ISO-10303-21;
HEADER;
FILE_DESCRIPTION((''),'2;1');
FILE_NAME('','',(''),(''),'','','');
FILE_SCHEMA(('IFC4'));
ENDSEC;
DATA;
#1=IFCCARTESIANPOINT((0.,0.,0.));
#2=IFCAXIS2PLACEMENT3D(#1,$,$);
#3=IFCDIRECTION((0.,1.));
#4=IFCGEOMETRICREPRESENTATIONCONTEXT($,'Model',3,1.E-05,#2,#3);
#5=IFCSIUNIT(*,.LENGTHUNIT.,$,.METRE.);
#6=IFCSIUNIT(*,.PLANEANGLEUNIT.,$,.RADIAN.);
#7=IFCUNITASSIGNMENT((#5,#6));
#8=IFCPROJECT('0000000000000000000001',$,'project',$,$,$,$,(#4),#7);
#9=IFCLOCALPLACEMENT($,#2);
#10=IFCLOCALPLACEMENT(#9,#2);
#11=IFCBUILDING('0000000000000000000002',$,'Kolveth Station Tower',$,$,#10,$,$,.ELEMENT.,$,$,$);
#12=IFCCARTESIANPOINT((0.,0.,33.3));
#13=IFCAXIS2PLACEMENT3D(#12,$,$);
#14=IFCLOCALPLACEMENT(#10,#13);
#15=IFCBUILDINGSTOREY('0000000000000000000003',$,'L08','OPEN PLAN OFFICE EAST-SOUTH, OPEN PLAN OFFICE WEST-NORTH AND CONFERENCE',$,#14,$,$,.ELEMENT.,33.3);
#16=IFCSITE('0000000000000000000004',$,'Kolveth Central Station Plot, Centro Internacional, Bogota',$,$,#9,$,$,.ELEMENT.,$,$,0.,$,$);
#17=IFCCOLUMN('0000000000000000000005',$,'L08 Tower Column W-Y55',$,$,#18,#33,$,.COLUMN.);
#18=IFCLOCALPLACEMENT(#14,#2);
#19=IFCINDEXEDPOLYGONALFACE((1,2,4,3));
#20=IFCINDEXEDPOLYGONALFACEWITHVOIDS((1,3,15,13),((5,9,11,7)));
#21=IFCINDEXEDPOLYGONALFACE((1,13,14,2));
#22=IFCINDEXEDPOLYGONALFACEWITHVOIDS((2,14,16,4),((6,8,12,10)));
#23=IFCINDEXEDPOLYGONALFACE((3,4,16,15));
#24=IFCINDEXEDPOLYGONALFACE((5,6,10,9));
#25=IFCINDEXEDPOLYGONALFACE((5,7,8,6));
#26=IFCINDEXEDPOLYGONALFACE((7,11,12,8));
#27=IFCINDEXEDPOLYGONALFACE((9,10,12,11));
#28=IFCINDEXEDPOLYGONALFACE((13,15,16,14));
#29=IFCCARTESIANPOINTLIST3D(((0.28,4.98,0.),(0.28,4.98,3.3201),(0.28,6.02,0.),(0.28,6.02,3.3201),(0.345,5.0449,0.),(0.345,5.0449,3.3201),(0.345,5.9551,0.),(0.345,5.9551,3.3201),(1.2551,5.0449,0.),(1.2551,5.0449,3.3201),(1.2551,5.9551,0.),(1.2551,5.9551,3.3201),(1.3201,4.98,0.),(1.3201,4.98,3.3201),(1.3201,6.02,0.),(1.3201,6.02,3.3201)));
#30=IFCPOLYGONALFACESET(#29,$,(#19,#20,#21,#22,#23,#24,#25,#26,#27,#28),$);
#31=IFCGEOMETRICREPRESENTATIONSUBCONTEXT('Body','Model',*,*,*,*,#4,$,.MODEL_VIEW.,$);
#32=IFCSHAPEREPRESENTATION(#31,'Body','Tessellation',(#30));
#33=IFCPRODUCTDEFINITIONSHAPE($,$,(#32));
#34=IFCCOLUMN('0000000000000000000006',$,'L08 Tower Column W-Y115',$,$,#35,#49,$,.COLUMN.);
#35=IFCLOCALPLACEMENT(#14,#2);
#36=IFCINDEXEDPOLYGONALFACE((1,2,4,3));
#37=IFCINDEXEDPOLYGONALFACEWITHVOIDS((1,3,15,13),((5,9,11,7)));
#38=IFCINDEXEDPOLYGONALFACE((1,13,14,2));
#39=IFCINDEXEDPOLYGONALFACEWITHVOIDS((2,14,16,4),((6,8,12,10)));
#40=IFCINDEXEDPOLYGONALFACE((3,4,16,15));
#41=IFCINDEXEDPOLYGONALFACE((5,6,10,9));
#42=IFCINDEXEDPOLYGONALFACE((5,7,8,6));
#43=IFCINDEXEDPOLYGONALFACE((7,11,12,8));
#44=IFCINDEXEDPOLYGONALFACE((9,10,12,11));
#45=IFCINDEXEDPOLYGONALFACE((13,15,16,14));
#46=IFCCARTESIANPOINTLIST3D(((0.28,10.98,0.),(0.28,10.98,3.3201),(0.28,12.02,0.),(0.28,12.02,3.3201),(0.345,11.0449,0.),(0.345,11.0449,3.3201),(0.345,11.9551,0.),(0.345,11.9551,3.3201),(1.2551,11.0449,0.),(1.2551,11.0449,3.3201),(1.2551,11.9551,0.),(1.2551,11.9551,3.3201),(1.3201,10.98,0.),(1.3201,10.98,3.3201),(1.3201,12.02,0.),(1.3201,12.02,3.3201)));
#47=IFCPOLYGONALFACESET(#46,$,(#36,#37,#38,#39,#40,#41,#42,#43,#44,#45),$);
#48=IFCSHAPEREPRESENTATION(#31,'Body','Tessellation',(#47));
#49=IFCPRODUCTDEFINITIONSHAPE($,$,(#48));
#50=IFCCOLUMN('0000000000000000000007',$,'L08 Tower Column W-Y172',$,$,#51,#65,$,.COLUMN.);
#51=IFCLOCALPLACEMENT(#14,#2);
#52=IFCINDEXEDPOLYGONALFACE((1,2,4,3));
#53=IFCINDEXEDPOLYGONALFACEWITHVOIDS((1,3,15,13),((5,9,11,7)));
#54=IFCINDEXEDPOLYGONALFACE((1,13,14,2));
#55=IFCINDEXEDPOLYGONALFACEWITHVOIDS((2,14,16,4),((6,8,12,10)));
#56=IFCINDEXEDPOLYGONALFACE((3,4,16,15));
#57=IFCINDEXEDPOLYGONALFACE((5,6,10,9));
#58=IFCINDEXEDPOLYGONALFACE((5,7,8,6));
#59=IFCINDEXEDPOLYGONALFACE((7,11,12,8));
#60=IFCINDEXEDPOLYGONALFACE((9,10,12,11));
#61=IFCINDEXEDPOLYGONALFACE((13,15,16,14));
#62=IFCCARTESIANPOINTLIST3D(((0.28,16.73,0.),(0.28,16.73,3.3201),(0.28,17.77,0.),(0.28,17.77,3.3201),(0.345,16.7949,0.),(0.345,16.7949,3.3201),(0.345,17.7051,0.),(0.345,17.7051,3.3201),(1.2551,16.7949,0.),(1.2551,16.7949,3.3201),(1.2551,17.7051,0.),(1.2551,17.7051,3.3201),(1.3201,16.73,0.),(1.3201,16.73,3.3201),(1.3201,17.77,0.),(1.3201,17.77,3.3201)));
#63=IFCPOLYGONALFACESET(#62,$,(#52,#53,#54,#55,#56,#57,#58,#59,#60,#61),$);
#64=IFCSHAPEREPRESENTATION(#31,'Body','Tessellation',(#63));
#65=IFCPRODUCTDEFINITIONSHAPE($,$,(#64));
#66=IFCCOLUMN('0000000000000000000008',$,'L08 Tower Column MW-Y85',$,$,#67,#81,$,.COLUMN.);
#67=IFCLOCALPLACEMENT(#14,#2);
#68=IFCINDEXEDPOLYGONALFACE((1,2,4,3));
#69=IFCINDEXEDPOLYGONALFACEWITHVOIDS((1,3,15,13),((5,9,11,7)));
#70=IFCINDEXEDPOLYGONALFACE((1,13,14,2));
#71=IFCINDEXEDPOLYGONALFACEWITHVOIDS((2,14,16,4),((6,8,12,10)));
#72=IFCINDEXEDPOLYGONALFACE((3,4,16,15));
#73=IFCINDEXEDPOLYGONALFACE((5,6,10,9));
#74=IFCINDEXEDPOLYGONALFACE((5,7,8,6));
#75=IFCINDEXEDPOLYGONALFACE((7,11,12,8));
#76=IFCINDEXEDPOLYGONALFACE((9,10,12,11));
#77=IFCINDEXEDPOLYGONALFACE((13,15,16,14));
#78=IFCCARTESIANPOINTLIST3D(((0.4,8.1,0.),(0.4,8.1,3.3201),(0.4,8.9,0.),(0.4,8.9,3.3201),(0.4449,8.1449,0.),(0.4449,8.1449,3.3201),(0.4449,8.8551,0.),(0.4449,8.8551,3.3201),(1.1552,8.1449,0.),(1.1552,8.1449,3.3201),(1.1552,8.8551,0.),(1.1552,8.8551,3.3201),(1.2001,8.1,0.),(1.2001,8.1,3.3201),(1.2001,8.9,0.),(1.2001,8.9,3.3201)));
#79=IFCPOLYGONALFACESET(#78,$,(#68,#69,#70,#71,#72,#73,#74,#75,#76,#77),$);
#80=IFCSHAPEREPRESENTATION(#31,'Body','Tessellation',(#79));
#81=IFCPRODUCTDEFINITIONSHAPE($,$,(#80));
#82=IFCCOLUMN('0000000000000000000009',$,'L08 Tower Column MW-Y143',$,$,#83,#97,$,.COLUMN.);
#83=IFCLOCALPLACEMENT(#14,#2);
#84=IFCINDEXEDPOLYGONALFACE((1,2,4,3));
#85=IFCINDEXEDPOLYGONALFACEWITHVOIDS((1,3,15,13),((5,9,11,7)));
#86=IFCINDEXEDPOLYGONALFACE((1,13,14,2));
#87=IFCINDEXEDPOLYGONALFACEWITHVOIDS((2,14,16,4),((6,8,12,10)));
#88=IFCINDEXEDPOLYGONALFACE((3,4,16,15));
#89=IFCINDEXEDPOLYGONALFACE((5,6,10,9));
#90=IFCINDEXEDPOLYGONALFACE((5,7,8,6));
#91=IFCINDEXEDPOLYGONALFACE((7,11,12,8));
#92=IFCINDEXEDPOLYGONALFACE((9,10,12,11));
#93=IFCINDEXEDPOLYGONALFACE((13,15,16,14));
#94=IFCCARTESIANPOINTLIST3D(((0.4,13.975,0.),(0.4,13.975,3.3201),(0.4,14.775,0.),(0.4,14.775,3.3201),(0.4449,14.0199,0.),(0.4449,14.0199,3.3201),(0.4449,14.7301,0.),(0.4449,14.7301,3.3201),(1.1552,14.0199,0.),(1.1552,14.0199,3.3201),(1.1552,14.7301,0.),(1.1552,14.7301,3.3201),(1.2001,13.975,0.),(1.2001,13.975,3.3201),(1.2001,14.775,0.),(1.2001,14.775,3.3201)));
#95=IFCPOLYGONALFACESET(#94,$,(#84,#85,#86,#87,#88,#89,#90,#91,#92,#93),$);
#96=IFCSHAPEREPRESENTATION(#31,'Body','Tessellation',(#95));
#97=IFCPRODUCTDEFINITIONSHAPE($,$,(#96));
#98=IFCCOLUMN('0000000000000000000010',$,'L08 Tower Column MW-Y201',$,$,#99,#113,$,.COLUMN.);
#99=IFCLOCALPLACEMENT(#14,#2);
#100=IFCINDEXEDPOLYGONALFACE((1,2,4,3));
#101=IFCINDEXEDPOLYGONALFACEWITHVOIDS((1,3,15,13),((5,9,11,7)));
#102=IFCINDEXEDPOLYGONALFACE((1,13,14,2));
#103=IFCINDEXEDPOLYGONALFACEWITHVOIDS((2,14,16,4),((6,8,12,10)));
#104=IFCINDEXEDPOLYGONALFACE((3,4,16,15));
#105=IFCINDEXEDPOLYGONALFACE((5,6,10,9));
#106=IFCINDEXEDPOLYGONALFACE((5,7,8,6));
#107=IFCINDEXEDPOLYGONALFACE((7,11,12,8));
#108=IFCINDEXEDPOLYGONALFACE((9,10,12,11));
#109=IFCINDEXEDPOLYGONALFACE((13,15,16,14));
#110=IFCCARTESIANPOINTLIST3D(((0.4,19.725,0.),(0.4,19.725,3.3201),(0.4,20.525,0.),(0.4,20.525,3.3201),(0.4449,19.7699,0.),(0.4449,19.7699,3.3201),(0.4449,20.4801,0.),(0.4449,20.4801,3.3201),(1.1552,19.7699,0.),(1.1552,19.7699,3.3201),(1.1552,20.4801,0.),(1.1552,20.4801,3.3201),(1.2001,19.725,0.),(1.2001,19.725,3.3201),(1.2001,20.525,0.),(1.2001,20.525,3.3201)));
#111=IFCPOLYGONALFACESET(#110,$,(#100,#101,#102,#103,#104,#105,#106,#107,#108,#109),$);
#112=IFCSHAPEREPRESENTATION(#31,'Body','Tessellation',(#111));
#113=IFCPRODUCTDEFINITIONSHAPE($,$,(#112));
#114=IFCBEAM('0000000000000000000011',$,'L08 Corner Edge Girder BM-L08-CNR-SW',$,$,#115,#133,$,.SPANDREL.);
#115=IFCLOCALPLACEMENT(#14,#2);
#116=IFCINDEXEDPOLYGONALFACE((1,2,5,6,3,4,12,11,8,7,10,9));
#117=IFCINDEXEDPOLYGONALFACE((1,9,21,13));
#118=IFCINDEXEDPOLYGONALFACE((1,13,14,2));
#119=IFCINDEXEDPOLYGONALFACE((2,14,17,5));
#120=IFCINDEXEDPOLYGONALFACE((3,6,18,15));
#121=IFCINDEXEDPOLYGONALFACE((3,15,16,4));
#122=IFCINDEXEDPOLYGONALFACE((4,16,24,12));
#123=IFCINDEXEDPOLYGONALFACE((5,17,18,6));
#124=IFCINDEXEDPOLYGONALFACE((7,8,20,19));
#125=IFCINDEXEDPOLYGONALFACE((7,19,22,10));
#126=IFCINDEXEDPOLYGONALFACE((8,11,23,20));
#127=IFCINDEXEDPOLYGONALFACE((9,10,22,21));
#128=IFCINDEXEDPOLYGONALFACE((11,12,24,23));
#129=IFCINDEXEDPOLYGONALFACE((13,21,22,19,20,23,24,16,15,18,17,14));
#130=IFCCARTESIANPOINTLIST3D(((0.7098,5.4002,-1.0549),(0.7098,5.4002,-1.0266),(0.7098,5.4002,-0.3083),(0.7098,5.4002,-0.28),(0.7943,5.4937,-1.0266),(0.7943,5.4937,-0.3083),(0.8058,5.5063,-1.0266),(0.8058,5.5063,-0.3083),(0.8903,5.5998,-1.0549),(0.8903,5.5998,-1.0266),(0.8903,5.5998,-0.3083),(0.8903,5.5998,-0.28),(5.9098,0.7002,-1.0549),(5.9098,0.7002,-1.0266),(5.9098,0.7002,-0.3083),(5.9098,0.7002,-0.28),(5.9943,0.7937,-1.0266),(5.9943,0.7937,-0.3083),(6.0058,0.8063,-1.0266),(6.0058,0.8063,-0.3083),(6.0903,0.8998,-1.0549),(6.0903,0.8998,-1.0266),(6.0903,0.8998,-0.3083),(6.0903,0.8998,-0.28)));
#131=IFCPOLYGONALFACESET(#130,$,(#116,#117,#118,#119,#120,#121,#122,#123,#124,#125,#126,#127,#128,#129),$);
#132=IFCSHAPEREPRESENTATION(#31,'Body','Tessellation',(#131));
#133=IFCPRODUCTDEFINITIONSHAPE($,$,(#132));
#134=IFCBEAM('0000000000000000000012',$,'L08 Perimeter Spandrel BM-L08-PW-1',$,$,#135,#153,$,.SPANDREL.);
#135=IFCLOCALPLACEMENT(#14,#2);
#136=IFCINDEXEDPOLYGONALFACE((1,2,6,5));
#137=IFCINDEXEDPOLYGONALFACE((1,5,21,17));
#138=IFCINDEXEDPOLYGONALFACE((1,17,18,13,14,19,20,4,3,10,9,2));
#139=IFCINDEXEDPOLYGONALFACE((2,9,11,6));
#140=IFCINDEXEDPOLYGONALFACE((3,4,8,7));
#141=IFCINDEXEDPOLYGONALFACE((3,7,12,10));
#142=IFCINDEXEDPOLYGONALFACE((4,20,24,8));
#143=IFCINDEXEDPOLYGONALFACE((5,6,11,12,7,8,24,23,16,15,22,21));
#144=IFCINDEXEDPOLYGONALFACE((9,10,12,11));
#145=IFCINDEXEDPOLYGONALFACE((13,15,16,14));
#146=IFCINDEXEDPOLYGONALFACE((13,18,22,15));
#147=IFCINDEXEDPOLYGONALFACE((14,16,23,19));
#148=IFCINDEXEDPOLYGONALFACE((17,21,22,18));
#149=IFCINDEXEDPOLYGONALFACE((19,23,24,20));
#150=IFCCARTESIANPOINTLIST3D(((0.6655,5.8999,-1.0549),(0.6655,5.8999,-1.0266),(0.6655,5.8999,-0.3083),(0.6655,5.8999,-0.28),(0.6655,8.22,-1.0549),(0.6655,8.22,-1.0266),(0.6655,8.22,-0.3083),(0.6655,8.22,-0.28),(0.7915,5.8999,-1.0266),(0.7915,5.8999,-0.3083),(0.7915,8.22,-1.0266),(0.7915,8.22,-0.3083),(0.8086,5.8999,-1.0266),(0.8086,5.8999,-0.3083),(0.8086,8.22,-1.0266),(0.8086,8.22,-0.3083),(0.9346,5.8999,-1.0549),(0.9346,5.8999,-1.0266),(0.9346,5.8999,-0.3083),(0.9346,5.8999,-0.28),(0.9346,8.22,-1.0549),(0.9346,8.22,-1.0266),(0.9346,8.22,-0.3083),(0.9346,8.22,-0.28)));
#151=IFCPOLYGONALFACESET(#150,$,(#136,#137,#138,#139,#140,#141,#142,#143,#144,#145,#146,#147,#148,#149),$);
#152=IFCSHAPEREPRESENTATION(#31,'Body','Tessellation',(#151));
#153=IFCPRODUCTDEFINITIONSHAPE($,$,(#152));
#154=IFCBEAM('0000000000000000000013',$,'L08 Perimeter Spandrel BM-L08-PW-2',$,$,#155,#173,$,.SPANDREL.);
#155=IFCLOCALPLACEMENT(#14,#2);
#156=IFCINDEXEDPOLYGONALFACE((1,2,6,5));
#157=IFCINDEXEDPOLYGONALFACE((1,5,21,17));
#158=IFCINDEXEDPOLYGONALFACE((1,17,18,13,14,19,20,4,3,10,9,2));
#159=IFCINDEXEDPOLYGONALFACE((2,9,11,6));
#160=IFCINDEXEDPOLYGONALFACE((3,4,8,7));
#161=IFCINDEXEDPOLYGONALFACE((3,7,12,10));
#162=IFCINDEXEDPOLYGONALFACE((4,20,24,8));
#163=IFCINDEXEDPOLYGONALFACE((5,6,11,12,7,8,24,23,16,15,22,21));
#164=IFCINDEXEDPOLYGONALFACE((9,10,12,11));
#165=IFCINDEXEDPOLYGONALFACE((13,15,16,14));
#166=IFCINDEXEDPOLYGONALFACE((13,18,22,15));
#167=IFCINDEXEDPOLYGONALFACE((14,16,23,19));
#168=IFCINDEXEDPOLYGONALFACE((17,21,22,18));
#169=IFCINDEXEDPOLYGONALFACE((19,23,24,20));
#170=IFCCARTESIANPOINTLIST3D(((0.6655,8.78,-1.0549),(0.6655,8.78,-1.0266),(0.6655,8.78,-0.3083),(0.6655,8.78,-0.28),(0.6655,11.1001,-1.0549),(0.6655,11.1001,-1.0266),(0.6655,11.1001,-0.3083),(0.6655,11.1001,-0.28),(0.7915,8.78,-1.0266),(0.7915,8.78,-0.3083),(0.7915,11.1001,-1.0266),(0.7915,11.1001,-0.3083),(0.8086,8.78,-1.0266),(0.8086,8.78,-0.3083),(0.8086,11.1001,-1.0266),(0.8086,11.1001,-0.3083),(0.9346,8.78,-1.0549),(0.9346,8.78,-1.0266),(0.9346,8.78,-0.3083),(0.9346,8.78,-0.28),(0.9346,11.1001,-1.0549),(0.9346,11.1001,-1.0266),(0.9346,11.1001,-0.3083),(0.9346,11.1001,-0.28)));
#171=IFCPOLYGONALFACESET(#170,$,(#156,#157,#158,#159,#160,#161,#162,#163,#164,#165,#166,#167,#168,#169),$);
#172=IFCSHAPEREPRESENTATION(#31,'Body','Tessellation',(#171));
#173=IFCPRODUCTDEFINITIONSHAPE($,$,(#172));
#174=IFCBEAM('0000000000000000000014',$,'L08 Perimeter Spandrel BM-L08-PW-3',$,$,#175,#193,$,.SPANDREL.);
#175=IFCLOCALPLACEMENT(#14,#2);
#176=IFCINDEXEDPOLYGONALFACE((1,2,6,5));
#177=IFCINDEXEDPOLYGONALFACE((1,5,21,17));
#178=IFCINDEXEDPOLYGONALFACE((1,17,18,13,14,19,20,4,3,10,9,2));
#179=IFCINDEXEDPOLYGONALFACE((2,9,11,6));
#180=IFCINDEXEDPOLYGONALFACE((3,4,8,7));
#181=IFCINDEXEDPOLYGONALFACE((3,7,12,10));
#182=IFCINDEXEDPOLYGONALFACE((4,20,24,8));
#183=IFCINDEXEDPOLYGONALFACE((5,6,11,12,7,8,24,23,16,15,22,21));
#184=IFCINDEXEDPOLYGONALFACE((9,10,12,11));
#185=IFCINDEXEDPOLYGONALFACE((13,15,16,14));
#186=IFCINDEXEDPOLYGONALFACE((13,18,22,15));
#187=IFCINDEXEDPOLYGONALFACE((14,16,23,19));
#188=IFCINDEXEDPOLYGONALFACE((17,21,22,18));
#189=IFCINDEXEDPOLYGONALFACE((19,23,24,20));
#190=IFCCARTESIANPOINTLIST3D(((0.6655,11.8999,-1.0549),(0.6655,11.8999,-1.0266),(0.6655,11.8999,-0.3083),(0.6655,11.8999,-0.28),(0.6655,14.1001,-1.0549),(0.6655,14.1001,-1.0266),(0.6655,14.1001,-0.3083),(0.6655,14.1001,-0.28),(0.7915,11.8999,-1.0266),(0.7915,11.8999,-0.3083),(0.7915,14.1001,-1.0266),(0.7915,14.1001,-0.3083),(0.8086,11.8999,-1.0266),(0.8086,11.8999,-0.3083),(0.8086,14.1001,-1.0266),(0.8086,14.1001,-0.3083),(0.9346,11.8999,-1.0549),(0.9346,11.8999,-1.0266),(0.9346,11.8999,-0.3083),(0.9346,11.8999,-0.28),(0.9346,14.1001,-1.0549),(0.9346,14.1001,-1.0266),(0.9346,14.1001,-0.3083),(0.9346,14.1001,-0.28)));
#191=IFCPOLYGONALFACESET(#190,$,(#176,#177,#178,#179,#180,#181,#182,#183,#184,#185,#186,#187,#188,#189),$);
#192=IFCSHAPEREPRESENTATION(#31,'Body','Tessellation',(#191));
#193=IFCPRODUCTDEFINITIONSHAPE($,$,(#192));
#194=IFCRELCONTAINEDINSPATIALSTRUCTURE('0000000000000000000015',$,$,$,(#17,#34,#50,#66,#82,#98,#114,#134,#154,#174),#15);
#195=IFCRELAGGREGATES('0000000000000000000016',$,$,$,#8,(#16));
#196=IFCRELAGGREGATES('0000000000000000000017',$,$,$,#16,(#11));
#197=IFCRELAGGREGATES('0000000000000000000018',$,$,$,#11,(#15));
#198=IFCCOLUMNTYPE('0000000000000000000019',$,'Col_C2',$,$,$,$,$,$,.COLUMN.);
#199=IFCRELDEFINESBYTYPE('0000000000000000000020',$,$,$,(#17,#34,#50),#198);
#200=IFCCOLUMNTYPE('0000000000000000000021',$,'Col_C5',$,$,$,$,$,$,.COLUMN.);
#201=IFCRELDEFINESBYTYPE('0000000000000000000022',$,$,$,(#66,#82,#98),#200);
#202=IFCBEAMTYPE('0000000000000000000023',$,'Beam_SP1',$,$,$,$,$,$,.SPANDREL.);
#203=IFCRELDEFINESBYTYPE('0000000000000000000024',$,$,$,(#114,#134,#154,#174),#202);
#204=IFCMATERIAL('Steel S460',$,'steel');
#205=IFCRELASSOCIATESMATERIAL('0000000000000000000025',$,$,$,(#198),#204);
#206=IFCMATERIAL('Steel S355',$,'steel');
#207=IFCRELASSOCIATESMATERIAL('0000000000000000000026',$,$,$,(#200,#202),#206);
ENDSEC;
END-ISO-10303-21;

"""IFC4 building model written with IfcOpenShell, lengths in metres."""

from ifc_helpers import new_model, si_unit, direction, frame, origin, origin_2d, place, context, subcontext, project, spatial, hollow_rectangle, i_section, extrude, source, transform, mapped, material, material_profile, profile_set, type_object, element, save


model = new_model("IFC4")

# Units and contexts
model_context = context("Model", 3, precision=1e-05, world=origin(), true_north=direction((0.0, 1.0)))
body_context = subcontext(model_context, "Body", "Model", "MODEL_VIEW")
ifc_project = project(units=[si_unit("LENGTHUNIT", "METRE"), si_unit("PLANEANGLEUNIT", "RADIAN")], contexts=[model_context])

# Site, building, storey
site_placement = place(None, origin())
site = spatial("IfcSite", under=ifc_project, at=site_placement, Name="Kolveth Central Station Plot, Centro Internacional, Bogota", CompositionType="ELEMENT", RefElevation=0.0)
building_placement = place(site_placement, origin())
building = spatial("IfcBuilding", under=site, at=building_placement, Name="Kolveth Station Tower", CompositionType="ELEMENT")
storey_placement = place(building_placement, frame((0.0, 0.0, 33.3)))
storey = spatial("IfcBuildingStorey", under=building, at=storey_placement, Name="L08", Description="OPEN PLAN OFFICE EAST-SOUTH, OPEN PLAN OFFICE WEST-NORTH AND CONFERENCE", CompositionType="ELEMENT", Elevation=33.3)

# Columns
ifc_material_1 = material(Name="Steel S460", Category="steel")
ifc_material_profile_1 = material_profile(ifc_material_1, hollow_rectangle(XDim=1.04, YDim=1.04, WallThickness=0.0649, at=origin_2d()), Name="BOX1040x1040x65")
ifc_profile_set_1 = profile_set([ifc_material_profile_1], Name="Steel S460")
column_type_1 = type_object("IfcColumnType", Name="Col_C2", PredefinedType="COLUMN", material=ifc_profile_set_1)
shared_shape_1 = source(origin(), body_context, "Body", "SweptSolid", [
    extrude(hollow_rectangle(XDim=1.04, YDim=1.04, WallThickness=0.0649, at=origin_2d()), origin(), (0.0, 0.0, 1.0), 3.3201),
])
for number, where, z_axis, x_axis, name in (
    (1, (0.8, 5.5, 0.0), (0.0, 0.0, 1.0), (1.0, 0.0, 0.0), "L08 Tower Column W-Y55"),
    (2, (0.8, 11.5, 0.0), (0.0, 0.0, 1.0), (1.0, 0.0, 0.0), "L08 Tower Column W-Y115"),
    (3, (0.8, 17.25, 0.0), (0.0, 0.0, 1.0), (1.0, 0.0, 0.0), "L08 Tower Column W-Y172"),
):
    element("IfcColumn", number, at=place(storey_placement, frame(where, z_axis=z_axis, x_axis=x_axis)), inside=storey, type_object=column_type_1, Name=name, PredefinedType="COLUMN", context=body_context, shape_type="MappedRepresentation", body=[
        mapped(shared_shape_1, transform((0.0, 0.0, 0.0), x_axis=(1.0, 0.0, 0.0), y_axis=(0.0, 1.0, 0.0), z_axis=(0.0, 0.0, 1.0), scale=1.0)),
    ])
ifc_material_2 = material(Name="Steel S355", Category="steel")
ifc_material_profile_2 = material_profile(ifc_material_2, hollow_rectangle(XDim=0.8, YDim=0.8, WallThickness=0.0449, at=origin_2d()), Name="BOX800x800x45")
ifc_profile_set_2 = profile_set([ifc_material_profile_2], Name="Steel S355")
column_type_2 = type_object("IfcColumnType", Name="Col_C5", PredefinedType="COLUMN", material=ifc_profile_set_2)
shared_shape_2 = source(origin(), body_context, "Body", "SweptSolid", [
    extrude(hollow_rectangle(XDim=0.8, YDim=0.8, WallThickness=0.0449, at=origin_2d()), origin(), (0.0, 0.0, 1.0), 3.3201),
])
for number, where, z_axis, x_axis, name in (
    (4, (0.8, 8.5, 0.0), (0.0, 0.0, 1.0), (1.0, 0.0, 0.0), "L08 Tower Column MW-Y85"),
    (5, (0.8, 14.375, 0.0), (0.0, 0.0, 1.0), (1.0, 0.0, 0.0), "L08 Tower Column MW-Y143"),
    (6, (0.8, 20.125, 0.0), (0.0, 0.0, 1.0), (1.0, 0.0, 0.0), "L08 Tower Column MW-Y201"),
):
    element("IfcColumn", number, at=place(storey_placement, frame(where, z_axis=z_axis, x_axis=x_axis)), inside=storey, type_object=column_type_2, Name=name, PredefinedType="COLUMN", context=body_context, shape_type="MappedRepresentation", body=[
        mapped(shared_shape_2, transform((0.0, 0.0, 0.0), x_axis=(1.0, 0.0, 0.0), y_axis=(0.0, 1.0, 0.0), z_axis=(0.0, 0.0, 1.0), scale=1.0)),
    ])

# Beams
ifc_material_profile_3 = material_profile(ifc_material_2, i_section(OverallWidth=0.269, OverallDepth=0.7749, WebThickness=0.0171, FlangeThickness=0.0283, at=origin_2d()), Name="W760x220")
ifc_profile_set_3 = profile_set([ifc_material_profile_3], Name="Steel S355")
beam_type_1 = type_object("IfcBeamType", Name="Beam_SP1", PredefinedType="SPANDREL", material=ifc_profile_set_3)
shared_shape_3 = source(origin(), body_context, "Body", "SweptSolid", [
    extrude(i_section(OverallWidth=0.269, OverallDepth=0.7749, WebThickness=0.0171, FlangeThickness=0.0283, at=origin_2d()), origin(), (0.0, 0.0, 1.0), 7.0093),
])
beam_1_placement = place(storey_placement, frame((0.8, 5.5, -0.6675), z_axis=(0.741874, -0.670539, 0.0), x_axis=(0.670539, 0.741874, 0.0)))
element("IfcBeam", 7, at=beam_1_placement, inside=storey, type_object=beam_type_1, Name="L08 Corner Edge Girder BM-L08-CNR-SW", PredefinedType="SPANDREL", context=body_context, shape_type="MappedRepresentation", body=[
    mapped(shared_shape_3, transform((0.0, 0.0, 0.0), x_axis=(1.0, 0.0, 0.0), y_axis=(0.0, 1.0, 0.0), z_axis=(0.0, 0.0, 1.0), scale=1.0)),
])
shared_shape_4 = source(origin(), body_context, "Body", "SweptSolid", [
    extrude(i_section(OverallWidth=0.269, OverallDepth=0.7749, WebThickness=0.0171, FlangeThickness=0.0283, at=origin_2d()), origin(), (0.0, 0.0, 1.0), 2.3201),
])
for number, where, z_axis, x_axis, name in (
    (8, (0.8, 5.8999, -0.6675), (0.0, 1.0, 0.0), (-1.0, 0.0, 0.0), "L08 Perimeter Spandrel BM-L08-PW-1"),
    (9, (0.8, 8.78, -0.6675), (0.0, 1.0, 0.0), (-1.0, 0.0, 0.0), "L08 Perimeter Spandrel BM-L08-PW-2"),
):
    element("IfcBeam", number, at=place(storey_placement, frame(where, z_axis=z_axis, x_axis=x_axis)), inside=storey, type_object=beam_type_1, Name=name, PredefinedType="SPANDREL", context=body_context, shape_type="MappedRepresentation", body=[
        mapped(shared_shape_4, transform((0.0, 0.0, 0.0), x_axis=(1.0, 0.0, 0.0), y_axis=(0.0, 1.0, 0.0), z_axis=(0.0, 0.0, 1.0), scale=1.0)),
    ])
shared_shape_5 = source(origin(), body_context, "Body", "SweptSolid", [
    extrude(i_section(OverallWidth=0.269, OverallDepth=0.7749, WebThickness=0.0171, FlangeThickness=0.0283, at=origin_2d()), origin(), (0.0, 0.0, 1.0), 2.2002),
])
beam_2_placement = place(storey_placement, frame((0.8, 11.8999, -0.6675), z_axis=(0.0, 1.0, 0.0), x_axis=(-1.0, 0.0, 0.0)))
element("IfcBeam", 10, at=beam_2_placement, inside=storey, type_object=beam_type_1, Name="L08 Perimeter Spandrel BM-L08-PW-3", PredefinedType="SPANDREL", context=body_context, shape_type="MappedRepresentation", body=[
    mapped(shared_shape_5, transform((0.0, 0.0, 0.0), x_axis=(1.0, 0.0, 0.0), y_axis=(0.0, 1.0, 0.0), z_axis=(0.0, 0.0, 1.0), scale=1.0)),
])

save(model, "model.ifc")
